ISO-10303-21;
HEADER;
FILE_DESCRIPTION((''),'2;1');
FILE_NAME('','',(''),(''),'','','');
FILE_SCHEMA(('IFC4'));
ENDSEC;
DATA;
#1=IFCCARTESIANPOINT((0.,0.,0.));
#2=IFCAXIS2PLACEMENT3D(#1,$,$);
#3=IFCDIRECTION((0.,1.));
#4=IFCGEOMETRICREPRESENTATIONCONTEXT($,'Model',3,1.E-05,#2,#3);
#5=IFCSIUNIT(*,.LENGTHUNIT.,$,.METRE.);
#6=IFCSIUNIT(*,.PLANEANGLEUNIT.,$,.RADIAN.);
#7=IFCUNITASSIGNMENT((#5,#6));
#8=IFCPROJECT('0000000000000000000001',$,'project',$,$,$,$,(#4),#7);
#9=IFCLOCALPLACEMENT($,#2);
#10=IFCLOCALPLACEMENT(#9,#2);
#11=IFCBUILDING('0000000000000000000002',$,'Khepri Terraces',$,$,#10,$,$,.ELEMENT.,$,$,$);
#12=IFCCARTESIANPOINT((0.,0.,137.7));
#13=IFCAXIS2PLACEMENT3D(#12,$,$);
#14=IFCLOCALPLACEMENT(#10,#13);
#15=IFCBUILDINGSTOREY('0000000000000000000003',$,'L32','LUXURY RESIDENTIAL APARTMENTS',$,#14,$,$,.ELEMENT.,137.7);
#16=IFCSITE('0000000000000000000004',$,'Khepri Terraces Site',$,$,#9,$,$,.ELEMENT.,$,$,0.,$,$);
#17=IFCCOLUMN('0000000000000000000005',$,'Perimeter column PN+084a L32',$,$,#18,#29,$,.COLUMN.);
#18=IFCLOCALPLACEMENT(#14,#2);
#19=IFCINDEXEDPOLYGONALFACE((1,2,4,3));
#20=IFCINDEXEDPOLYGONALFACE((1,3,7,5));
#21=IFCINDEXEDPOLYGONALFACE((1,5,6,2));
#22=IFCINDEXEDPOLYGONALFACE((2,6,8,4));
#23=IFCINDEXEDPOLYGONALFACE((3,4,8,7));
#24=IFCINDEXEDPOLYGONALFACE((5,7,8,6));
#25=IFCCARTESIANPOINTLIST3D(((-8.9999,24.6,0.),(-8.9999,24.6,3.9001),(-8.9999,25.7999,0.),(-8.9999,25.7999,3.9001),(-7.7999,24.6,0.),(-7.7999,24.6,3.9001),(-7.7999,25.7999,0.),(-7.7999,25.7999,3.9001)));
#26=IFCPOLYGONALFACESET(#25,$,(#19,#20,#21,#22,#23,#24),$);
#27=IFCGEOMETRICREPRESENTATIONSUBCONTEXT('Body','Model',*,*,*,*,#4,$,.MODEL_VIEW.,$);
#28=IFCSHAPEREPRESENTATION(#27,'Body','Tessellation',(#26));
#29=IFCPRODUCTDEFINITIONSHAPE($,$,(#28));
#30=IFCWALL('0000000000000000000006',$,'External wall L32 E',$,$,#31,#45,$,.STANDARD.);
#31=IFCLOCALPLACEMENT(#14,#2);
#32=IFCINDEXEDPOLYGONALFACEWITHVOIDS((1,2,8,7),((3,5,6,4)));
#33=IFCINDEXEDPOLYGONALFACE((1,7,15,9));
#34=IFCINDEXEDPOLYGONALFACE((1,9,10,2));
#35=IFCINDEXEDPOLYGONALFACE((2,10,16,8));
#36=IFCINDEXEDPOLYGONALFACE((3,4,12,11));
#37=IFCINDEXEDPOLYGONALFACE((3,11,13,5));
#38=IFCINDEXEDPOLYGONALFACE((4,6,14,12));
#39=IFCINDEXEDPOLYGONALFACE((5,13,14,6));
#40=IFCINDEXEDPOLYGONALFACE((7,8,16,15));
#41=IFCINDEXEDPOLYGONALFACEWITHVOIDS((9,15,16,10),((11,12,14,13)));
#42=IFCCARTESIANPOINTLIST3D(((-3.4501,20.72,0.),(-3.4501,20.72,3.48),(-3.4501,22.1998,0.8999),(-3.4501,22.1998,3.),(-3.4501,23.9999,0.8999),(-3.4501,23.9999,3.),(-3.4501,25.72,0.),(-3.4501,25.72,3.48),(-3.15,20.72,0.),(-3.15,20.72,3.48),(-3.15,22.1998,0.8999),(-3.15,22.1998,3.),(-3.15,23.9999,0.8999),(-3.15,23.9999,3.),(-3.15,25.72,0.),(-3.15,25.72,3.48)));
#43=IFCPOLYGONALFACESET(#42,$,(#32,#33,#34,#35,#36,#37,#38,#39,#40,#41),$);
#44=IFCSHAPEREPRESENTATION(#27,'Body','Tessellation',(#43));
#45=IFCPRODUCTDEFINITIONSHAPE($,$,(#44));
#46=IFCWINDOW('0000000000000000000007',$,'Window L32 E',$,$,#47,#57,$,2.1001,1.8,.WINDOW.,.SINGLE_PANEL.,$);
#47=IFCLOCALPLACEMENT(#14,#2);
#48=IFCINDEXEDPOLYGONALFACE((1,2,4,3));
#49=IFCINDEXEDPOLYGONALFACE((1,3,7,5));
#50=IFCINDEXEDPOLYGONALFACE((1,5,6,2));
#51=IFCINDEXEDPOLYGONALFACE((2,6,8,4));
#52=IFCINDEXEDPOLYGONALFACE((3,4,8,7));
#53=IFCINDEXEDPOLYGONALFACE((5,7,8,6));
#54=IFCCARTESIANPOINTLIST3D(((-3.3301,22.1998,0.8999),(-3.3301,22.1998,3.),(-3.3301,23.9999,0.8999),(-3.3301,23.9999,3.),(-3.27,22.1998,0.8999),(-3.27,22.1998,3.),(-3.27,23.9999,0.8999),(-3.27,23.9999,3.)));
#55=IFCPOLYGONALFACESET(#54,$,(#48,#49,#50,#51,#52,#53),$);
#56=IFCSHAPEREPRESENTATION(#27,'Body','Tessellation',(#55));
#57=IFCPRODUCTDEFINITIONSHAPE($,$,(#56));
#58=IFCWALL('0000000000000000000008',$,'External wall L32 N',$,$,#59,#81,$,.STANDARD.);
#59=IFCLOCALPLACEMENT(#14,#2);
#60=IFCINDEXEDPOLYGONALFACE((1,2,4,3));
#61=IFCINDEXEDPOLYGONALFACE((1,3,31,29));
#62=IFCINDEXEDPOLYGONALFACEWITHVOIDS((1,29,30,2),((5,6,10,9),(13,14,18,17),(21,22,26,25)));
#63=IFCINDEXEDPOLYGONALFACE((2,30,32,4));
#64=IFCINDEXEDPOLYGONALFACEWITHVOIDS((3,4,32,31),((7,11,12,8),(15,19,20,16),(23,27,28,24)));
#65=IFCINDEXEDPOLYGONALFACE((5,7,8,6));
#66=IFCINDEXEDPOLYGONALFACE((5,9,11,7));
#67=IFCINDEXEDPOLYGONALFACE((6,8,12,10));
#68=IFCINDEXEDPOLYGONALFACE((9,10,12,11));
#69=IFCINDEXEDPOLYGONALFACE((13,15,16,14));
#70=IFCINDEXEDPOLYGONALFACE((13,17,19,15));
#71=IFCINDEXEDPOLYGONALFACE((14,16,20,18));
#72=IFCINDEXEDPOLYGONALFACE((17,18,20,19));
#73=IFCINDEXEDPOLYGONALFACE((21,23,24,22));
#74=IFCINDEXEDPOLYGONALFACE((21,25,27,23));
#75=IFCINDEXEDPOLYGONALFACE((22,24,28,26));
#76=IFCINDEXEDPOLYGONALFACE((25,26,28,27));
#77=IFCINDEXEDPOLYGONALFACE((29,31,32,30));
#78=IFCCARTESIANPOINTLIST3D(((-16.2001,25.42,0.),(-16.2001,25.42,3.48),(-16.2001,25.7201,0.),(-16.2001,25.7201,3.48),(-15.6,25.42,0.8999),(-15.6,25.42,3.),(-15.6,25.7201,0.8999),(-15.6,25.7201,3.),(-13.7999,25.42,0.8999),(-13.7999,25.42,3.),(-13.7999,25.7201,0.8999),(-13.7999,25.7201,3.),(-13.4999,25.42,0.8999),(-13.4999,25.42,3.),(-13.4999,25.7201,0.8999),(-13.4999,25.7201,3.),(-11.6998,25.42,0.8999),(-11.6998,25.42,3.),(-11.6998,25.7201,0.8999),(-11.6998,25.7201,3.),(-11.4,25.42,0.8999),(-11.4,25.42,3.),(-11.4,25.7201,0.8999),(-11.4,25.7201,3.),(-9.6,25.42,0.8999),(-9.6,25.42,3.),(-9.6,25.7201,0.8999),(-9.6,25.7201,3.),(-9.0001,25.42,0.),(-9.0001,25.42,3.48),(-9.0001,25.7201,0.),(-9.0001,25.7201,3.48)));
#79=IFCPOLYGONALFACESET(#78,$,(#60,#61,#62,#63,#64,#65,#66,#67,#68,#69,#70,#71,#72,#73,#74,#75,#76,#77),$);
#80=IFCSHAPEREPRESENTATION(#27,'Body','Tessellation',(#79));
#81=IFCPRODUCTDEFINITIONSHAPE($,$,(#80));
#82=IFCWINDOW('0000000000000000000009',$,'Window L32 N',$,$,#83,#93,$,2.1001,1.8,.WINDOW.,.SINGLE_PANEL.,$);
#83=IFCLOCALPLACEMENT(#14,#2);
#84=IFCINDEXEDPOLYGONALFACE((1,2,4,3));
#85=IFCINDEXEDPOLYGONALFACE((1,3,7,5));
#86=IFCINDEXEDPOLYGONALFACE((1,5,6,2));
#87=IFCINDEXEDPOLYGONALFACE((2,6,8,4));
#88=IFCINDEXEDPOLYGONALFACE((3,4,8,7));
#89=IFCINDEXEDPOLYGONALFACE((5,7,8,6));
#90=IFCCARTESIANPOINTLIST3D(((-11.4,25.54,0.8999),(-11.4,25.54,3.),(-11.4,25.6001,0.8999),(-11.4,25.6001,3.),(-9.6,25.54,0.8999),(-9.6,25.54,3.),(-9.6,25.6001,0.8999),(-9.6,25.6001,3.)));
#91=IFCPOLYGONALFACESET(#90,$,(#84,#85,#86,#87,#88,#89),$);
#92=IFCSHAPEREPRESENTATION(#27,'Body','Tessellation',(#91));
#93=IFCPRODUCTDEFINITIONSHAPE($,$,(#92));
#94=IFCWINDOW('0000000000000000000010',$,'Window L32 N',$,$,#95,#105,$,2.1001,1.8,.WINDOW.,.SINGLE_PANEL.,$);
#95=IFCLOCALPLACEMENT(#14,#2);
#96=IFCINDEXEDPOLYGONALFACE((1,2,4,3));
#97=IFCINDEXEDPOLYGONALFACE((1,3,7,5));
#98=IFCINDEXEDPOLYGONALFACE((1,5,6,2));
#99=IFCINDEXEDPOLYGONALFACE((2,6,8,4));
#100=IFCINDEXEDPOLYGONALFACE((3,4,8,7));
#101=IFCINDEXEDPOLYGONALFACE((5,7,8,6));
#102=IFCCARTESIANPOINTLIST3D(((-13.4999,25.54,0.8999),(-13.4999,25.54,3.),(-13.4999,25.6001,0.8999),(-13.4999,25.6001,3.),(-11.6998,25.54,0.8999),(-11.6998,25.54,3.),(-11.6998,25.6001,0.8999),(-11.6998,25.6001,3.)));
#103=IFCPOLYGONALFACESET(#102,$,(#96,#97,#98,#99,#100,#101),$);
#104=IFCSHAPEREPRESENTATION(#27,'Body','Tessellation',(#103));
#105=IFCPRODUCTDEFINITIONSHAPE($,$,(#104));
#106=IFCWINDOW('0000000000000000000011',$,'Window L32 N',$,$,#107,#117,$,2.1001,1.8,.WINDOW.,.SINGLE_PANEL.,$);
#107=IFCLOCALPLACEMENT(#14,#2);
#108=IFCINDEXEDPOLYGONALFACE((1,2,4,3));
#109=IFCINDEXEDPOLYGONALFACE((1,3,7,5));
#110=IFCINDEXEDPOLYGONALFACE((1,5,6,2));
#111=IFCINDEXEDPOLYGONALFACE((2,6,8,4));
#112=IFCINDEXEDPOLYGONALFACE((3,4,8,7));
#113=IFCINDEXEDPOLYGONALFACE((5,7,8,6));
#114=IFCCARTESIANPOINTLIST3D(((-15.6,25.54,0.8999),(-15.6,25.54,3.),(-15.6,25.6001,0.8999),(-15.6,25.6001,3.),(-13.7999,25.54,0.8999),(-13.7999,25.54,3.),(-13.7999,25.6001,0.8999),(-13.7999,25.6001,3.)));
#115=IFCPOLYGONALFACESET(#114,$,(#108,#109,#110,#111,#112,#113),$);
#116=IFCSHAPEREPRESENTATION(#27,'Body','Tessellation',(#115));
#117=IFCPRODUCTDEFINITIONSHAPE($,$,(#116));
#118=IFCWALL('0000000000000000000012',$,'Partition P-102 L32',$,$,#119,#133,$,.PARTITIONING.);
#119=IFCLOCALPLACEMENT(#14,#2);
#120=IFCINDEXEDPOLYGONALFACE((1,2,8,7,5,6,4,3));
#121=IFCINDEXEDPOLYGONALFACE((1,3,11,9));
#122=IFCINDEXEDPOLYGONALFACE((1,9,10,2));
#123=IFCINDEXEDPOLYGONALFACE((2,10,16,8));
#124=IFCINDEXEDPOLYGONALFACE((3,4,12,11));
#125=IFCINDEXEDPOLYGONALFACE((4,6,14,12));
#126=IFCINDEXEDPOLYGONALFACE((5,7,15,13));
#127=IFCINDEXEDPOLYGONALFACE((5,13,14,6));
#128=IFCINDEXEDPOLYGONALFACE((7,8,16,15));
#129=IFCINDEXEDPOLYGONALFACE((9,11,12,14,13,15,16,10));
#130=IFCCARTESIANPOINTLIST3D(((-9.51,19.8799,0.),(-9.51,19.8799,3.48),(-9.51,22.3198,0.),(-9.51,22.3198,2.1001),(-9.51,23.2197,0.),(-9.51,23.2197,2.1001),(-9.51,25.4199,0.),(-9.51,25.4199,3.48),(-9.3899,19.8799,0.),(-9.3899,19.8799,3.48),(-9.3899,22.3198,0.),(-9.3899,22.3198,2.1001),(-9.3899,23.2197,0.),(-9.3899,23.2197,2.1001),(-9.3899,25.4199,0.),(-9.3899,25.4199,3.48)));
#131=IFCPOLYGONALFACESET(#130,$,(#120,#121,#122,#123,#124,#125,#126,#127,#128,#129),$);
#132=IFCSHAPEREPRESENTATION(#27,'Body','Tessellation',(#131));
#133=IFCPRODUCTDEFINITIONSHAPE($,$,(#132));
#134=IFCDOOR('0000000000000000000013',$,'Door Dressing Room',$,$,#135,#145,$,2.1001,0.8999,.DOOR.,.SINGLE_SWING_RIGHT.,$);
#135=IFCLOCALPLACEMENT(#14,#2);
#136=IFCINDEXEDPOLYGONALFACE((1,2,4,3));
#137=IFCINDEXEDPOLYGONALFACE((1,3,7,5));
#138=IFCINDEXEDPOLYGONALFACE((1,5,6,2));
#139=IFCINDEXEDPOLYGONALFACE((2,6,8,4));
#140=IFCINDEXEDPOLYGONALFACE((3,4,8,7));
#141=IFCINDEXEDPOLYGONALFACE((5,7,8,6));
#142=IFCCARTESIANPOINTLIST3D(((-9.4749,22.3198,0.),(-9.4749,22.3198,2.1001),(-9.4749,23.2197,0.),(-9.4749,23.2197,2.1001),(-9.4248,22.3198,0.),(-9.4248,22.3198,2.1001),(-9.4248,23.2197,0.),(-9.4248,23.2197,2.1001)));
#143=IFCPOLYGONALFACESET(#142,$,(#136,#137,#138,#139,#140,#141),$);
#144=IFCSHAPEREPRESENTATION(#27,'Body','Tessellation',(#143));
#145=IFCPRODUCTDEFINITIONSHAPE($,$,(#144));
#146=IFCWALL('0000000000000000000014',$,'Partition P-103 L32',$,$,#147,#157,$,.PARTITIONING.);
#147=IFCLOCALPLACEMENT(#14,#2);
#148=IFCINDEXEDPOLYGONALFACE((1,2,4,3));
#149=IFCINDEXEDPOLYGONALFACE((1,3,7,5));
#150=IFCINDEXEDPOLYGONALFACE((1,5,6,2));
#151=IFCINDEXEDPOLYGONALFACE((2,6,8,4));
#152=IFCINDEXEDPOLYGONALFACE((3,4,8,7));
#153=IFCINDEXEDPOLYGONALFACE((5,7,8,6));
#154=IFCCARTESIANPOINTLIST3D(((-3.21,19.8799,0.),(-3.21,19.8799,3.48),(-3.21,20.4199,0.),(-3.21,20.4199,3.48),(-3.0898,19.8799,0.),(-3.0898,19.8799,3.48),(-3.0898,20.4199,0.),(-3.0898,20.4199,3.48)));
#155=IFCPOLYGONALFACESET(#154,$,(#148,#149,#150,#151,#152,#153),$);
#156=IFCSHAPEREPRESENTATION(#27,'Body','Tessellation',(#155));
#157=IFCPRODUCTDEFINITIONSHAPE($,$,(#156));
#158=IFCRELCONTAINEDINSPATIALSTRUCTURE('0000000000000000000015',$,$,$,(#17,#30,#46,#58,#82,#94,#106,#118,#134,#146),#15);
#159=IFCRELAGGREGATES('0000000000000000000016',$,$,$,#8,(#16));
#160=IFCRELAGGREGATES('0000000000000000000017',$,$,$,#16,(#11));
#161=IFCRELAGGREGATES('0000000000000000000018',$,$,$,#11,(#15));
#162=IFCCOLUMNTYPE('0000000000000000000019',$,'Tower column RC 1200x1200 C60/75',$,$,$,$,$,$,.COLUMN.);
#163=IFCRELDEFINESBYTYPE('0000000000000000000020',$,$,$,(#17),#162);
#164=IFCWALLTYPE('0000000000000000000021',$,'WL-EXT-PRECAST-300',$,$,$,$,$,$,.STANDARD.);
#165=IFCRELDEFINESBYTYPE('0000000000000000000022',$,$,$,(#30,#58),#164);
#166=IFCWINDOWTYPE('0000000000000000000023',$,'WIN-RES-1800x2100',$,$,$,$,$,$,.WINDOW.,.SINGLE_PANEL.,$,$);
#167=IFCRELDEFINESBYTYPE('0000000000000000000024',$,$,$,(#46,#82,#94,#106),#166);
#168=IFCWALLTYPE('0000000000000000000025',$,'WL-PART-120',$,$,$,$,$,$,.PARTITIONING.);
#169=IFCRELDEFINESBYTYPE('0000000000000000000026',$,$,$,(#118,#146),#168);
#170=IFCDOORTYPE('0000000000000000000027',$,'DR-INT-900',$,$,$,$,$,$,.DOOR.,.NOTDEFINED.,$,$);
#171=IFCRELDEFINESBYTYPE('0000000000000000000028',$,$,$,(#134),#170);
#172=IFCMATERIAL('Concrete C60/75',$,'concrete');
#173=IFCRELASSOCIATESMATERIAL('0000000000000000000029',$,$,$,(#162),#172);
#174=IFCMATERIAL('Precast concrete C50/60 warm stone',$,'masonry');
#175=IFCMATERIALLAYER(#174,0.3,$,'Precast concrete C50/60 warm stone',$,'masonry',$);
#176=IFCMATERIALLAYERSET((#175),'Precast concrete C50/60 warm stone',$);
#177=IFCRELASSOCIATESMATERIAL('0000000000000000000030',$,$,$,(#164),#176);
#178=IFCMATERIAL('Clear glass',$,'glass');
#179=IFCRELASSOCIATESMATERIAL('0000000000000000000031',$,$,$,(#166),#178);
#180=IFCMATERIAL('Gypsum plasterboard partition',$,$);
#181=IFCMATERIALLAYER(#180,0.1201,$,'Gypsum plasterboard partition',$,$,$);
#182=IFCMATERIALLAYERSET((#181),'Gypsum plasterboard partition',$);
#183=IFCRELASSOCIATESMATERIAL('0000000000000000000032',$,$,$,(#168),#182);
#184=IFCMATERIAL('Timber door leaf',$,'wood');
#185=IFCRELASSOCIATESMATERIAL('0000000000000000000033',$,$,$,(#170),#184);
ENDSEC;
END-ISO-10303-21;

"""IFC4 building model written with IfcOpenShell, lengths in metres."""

from ifc_helpers import new_model, si_unit, direction, frame, frame_2d, origin, origin_2d, place, context, subcontext, project, spatial, rectangle, extrude, material, layer, layer_set, material_profile, profile_set, type_object, element, fill, save


model = new_model("IFC4")

# Units and contexts
model_context = context("Model", 3, precision=1e-05, world=origin(), true_north=direction((0.0, 1.0)))
body_context = subcontext(model_context, "Body", "Model", "MODEL_VIEW")
ifc_project = project(units=[si_unit("LENGTHUNIT", "METRE"), si_unit("PLANEANGLEUNIT", "RADIAN")], contexts=[model_context])

# Site, building, storey
site_placement = place(None, origin())
site = spatial("IfcSite", under=ifc_project, at=site_placement, Name="Khepri Terraces Site", CompositionType="ELEMENT", RefElevation=0.0)
building_placement = place(site_placement, origin())
building = spatial("IfcBuilding", under=site, at=building_placement, Name="Khepri Terraces", CompositionType="ELEMENT")
storey_placement = place(building_placement, frame((0.0, 0.0, 137.7)))
storey = spatial("IfcBuildingStorey", under=building, at=storey_placement, Name="L32", Description="LUXURY RESIDENTIAL APARTMENTS", CompositionType="ELEMENT", Elevation=137.7)

# Column
ifc_material_1 = material(Name="Concrete C60/75", Category="concrete")
ifc_material_profile = material_profile(ifc_material_1, rectangle(XDim=1.2, YDim=1.2, at=origin_2d()), Name="Concrete C60/75", Category="concrete")
ifc_profile_set = profile_set([ifc_material_profile], Name="Concrete C60/75")
column_type = type_object("IfcColumnType", Name="Tower column RC 1200x1200 C60/75", PredefinedType="COLUMN", material=ifc_profile_set)
column_placement = place(storey_placement, frame((-8.3999, 25.2, 0.0), z_axis=(0.0, 0.0, 1.0), x_axis=(1.0, 0.0, 0.0)))
element("IfcColumn", 1, at=column_placement, inside=storey, type_object=column_type, Name="Perimeter column PN+084a L32", PredefinedType="COLUMN", context=body_context, shape_type="SweptSolid", body=[
    extrude(rectangle(XDim=1.2, YDim=1.2, at=origin_2d()), origin(), (0.0, 0.0, 1.0), 3.9001),
])

# Wall, opening, window
ifc_material_2 = material(Name="Precast concrete C50/60 warm stone", Category="masonry")
ifc_layer_1 = layer(ifc_material_2, 0.3, Name="Precast concrete C50/60 warm stone", Category="masonry")
ifc_layer_set_1 = layer_set([ifc_layer_1], Name="Precast concrete C50/60 warm stone")
wall_type_1 = type_object("IfcWallType", Name="WL-EXT-PRECAST-300", PredefinedType="STANDARD", material=ifc_layer_set_1)
wall_1_placement = place(storey_placement, frame((-3.3, 20.72, 0.0), z_axis=(0.0, 0.0, 1.0), x_axis=(0.0, 1.0, 0.0)))
wall_1 = element("IfcWall", 2, at=wall_1_placement, inside=storey, type_object=wall_type_1, Name="External wall L32 E", PredefinedType="STANDARD", context=body_context, shape_type="SweptSolid", body=[
    extrude(rectangle(XDim=5.0, YDim=0.3, at=frame_2d((2.5, 0.0))), origin(), (0.0, 0.0, 1.0), 3.48),
])
opening_1_placement = place(wall_1_placement, frame((1.48, 0.0, 0.8999)))
opening_1 = element("IfcOpeningElement", 3, at=opening_1_placement, cuts=wall_1, PredefinedType="OPENING", context=body_context, shape_type="SweptSolid", body=[
    extrude(rectangle(XDim=1.8, YDim=2.1001, at=frame_2d((0.8999, 1.05))), frame((0.0, 0.1602, 0.0), z_axis=(0.0, -1.0, 0.0), x_axis=(1.0, 0.0, 0.0)), (0.0, 0.0, 1.0), 0.3201),
])
ifc_material_3 = material(Name="Clear glass", Category="glass")
window_type = type_object("IfcWindowType", Name="WIN-RES-1800x2100", PartitioningType="SINGLE_PANEL", PredefinedType="WINDOW", material=ifc_material_3)
window_1_placement = place(opening_1_placement, origin())
window_1 = element("IfcWindow", 4, at=window_1_placement, inside=storey, type_object=window_type, Name="Window L32 E", OverallHeight=2.1001, OverallWidth=1.8, PartitioningType="SINGLE_PANEL", PredefinedType="WINDOW", context=body_context, shape_type="SweptSolid", body=[
    extrude(rectangle(XDim=1.8, YDim=2.1001, at=frame_2d((0.8999, 1.05))), frame((0.0, 0.03, 0.0), z_axis=(0.0, -1.0, 0.0), x_axis=(1.0, 0.0, 0.0)), (0.0, 0.0, 1.0), 0.0601),
])
fill(opening_1, window_1)

# Wall, openings, windows
wall_2_placement = place(storey_placement, frame((-9.0, 25.5701, 0.0), z_axis=(0.0, 0.0, 1.0), x_axis=(-1.0, 0.0, 0.0)))
wall_2 = element("IfcWall", 5, at=wall_2_placement, inside=storey, type_object=wall_type_1, Name="External wall L32 N", PredefinedType="STANDARD", context=body_context, shape_type="SweptSolid", body=[
    extrude(rectangle(XDim=7.2, YDim=0.3, at=frame_2d((3.6001, 0.0))), origin(), (0.0, 0.0, 1.0), 3.48),
])
opening_2_placement = place(wall_2_placement, frame((0.6001, 0.0, 0.8999)))
opening_2 = element("IfcOpeningElement", 6, at=opening_2_placement, cuts=wall_2, PredefinedType="OPENING", context=body_context, shape_type="SweptSolid", body=[
    extrude(rectangle(XDim=1.8, YDim=2.1001, at=frame_2d((0.8999, 1.05))), frame((0.0, 0.1602, 0.0), z_axis=(0.0, -1.0, 0.0), x_axis=(1.0, 0.0, 0.0)), (0.0, 0.0, 1.0), 0.3201),
])
opening_3_placement = place(wall_2_placement, frame((2.7, 0.0, 0.8999)))
opening_3 = element("IfcOpeningElement", 7, at=opening_3_placement, cuts=wall_2, PredefinedType="OPENING", context=body_context, shape_type="SweptSolid", body=[
    extrude(rectangle(XDim=1.8, YDim=2.1001, at=frame_2d((0.8999, 1.05))), frame((0.0, 0.1602, 0.0), z_axis=(0.0, -1.0, 0.0), x_axis=(1.0, 0.0, 0.0)), (0.0, 0.0, 1.0), 0.3201),
])
opening_4_placement = place(wall_2_placement, frame((4.8, 0.0, 0.8999)))
opening_4 = element("IfcOpeningElement", 8, at=opening_4_placement, cuts=wall_2, PredefinedType="OPENING", context=body_context, shape_type="SweptSolid", body=[
    extrude(rectangle(XDim=1.8, YDim=2.1001, at=frame_2d((0.8999, 1.05))), frame((0.0, 0.1602, 0.0), z_axis=(0.0, -1.0, 0.0), x_axis=(1.0, 0.0, 0.0)), (0.0, 0.0, 1.0), 0.3201),
])
window_2_placement = place(opening_2_placement, origin())
window_2 = element("IfcWindow", 9, at=window_2_placement, inside=storey, type_object=window_type, Name="Window L32 N", OverallHeight=2.1001, OverallWidth=1.8, PartitioningType="SINGLE_PANEL", PredefinedType="WINDOW", context=body_context, shape_type="SweptSolid", body=[
    extrude(rectangle(XDim=1.8, YDim=2.1001, at=frame_2d((0.8999, 1.05))), frame((0.0, 0.03, 0.0), z_axis=(0.0, -1.0, 0.0), x_axis=(1.0, 0.0, 0.0)), (0.0, 0.0, 1.0), 0.0601),
])
fill(opening_2, window_2)
window_3_placement = place(opening_3_placement, origin())
window_3 = element("IfcWindow", 10, at=window_3_placement, inside=storey, type_object=window_type, Name="Window L32 N", OverallHeight=2.1001, OverallWidth=1.8, PartitioningType="SINGLE_PANEL", PredefinedType="WINDOW", context=body_context, shape_type="SweptSolid", body=[
    extrude(rectangle(XDim=1.8, YDim=2.1001, at=frame_2d((0.8999, 1.05))), frame((0.0, 0.03, 0.0), z_axis=(0.0, -1.0, 0.0), x_axis=(1.0, 0.0, 0.0)), (0.0, 0.0, 1.0), 0.0601),
])
fill(opening_3, window_3)
window_4_placement = place(opening_4_placement, origin())
window_4 = element("IfcWindow", 11, at=window_4_placement, inside=storey, type_object=window_type, Name="Window L32 N", OverallHeight=2.1001, OverallWidth=1.8, PartitioningType="SINGLE_PANEL", PredefinedType="WINDOW", context=body_context, shape_type="SweptSolid", body=[
    extrude(rectangle(XDim=1.8, YDim=2.1001, at=frame_2d((0.8999, 1.05))), frame((0.0, 0.03, 0.0), z_axis=(0.0, -1.0, 0.0), x_axis=(1.0, 0.0, 0.0)), (0.0, 0.0, 1.0), 0.0601),
])
fill(opening_4, window_4)

# Wall, opening, door
ifc_material_4 = material(Name="Gypsum plasterboard partition")
ifc_layer_2 = layer(ifc_material_4, 0.1201, Name="Gypsum plasterboard partition")
ifc_layer_set_2 = layer_set([ifc_layer_2], Name="Gypsum plasterboard partition")
wall_type_2 = type_object("IfcWallType", Name="WL-PART-120", PredefinedType="PARTITIONING", material=ifc_layer_set_2)
wall_3_placement = place(storey_placement, frame((-9.45, 19.8799, 0.0), z_axis=(0.0, 0.0, 1.0), x_axis=(0.0, 1.0, 0.0)))
wall_3 = element("IfcWall", 12, at=wall_3_placement, inside=storey, type_object=wall_type_2, Name="Partition P-102 L32", PredefinedType="PARTITIONING", context=body_context, shape_type="SweptSolid", body=[
    extrude(rectangle(XDim=5.54, YDim=0.1201, at=frame_2d((2.77, 0.0))), origin(), (0.0, 0.0, 1.0), 3.48),
])
opening_5_placement = place(wall_3_placement, frame((2.4399, 0.0, 0.0)))
opening_5 = element("IfcOpeningElement", 13, at=opening_5_placement, cuts=wall_3, PredefinedType="OPENING", context=body_context, shape_type="SweptSolid", body=[
    extrude(rectangle(XDim=0.8999, YDim=2.1001, at=frame_2d((0.45, 1.05))), frame((0.0, 0.0701, 0.0), z_axis=(0.0, -1.0, 0.0), x_axis=(1.0, 0.0, 0.0)), (0.0, 0.0, 1.0), 0.1401),
])
ifc_material_5 = material(Name="Timber door leaf", Category="wood")
door_type_1 = type_object("IfcDoorType", Name="DR-INT-900", OperationType="NOTDEFINED", PredefinedType="DOOR", material=ifc_material_5)
door_1_placement = place(opening_5_placement, origin())
door_1 = element("IfcDoor", 14, at=door_1_placement, inside=storey, type_object=door_type_1, Name="Door Dressing Room", OperationType="SINGLE_SWING_RIGHT", OverallHeight=2.1001, OverallWidth=0.8999, PredefinedType="DOOR", context=body_context, shape_type="SweptSolid", body=[
    extrude(rectangle(XDim=0.8999, YDim=2.1001, at=frame_2d((0.45, 1.05))), frame((0.0, 0.0249, 0.0), z_axis=(0.0, -1.0, 0.0), x_axis=(1.0, 0.0, 0.0)), (0.0, 0.0, 1.0), 0.05),
])
fill(opening_5, door_1)

# Wall
wall_4_placement = place(storey_placement, frame((-3.1499, 19.8799, 0.0), z_axis=(0.0, 0.0, 1.0), x_axis=(0.0, 1.0, 0.0)))
element("IfcWall", 15, at=wall_4_placement, inside=storey, type_object=wall_type_2, Name="Partition P-103 L32", PredefinedType="PARTITIONING", context=body_context, shape_type="SweptSolid", body=[
    extrude(rectangle(XDim=0.54, YDim=0.1201, at=frame_2d((0.27, 0.0))), origin(), (0.0, 0.0, 1.0), 3.48),
])

save(model, "model.ifc")
